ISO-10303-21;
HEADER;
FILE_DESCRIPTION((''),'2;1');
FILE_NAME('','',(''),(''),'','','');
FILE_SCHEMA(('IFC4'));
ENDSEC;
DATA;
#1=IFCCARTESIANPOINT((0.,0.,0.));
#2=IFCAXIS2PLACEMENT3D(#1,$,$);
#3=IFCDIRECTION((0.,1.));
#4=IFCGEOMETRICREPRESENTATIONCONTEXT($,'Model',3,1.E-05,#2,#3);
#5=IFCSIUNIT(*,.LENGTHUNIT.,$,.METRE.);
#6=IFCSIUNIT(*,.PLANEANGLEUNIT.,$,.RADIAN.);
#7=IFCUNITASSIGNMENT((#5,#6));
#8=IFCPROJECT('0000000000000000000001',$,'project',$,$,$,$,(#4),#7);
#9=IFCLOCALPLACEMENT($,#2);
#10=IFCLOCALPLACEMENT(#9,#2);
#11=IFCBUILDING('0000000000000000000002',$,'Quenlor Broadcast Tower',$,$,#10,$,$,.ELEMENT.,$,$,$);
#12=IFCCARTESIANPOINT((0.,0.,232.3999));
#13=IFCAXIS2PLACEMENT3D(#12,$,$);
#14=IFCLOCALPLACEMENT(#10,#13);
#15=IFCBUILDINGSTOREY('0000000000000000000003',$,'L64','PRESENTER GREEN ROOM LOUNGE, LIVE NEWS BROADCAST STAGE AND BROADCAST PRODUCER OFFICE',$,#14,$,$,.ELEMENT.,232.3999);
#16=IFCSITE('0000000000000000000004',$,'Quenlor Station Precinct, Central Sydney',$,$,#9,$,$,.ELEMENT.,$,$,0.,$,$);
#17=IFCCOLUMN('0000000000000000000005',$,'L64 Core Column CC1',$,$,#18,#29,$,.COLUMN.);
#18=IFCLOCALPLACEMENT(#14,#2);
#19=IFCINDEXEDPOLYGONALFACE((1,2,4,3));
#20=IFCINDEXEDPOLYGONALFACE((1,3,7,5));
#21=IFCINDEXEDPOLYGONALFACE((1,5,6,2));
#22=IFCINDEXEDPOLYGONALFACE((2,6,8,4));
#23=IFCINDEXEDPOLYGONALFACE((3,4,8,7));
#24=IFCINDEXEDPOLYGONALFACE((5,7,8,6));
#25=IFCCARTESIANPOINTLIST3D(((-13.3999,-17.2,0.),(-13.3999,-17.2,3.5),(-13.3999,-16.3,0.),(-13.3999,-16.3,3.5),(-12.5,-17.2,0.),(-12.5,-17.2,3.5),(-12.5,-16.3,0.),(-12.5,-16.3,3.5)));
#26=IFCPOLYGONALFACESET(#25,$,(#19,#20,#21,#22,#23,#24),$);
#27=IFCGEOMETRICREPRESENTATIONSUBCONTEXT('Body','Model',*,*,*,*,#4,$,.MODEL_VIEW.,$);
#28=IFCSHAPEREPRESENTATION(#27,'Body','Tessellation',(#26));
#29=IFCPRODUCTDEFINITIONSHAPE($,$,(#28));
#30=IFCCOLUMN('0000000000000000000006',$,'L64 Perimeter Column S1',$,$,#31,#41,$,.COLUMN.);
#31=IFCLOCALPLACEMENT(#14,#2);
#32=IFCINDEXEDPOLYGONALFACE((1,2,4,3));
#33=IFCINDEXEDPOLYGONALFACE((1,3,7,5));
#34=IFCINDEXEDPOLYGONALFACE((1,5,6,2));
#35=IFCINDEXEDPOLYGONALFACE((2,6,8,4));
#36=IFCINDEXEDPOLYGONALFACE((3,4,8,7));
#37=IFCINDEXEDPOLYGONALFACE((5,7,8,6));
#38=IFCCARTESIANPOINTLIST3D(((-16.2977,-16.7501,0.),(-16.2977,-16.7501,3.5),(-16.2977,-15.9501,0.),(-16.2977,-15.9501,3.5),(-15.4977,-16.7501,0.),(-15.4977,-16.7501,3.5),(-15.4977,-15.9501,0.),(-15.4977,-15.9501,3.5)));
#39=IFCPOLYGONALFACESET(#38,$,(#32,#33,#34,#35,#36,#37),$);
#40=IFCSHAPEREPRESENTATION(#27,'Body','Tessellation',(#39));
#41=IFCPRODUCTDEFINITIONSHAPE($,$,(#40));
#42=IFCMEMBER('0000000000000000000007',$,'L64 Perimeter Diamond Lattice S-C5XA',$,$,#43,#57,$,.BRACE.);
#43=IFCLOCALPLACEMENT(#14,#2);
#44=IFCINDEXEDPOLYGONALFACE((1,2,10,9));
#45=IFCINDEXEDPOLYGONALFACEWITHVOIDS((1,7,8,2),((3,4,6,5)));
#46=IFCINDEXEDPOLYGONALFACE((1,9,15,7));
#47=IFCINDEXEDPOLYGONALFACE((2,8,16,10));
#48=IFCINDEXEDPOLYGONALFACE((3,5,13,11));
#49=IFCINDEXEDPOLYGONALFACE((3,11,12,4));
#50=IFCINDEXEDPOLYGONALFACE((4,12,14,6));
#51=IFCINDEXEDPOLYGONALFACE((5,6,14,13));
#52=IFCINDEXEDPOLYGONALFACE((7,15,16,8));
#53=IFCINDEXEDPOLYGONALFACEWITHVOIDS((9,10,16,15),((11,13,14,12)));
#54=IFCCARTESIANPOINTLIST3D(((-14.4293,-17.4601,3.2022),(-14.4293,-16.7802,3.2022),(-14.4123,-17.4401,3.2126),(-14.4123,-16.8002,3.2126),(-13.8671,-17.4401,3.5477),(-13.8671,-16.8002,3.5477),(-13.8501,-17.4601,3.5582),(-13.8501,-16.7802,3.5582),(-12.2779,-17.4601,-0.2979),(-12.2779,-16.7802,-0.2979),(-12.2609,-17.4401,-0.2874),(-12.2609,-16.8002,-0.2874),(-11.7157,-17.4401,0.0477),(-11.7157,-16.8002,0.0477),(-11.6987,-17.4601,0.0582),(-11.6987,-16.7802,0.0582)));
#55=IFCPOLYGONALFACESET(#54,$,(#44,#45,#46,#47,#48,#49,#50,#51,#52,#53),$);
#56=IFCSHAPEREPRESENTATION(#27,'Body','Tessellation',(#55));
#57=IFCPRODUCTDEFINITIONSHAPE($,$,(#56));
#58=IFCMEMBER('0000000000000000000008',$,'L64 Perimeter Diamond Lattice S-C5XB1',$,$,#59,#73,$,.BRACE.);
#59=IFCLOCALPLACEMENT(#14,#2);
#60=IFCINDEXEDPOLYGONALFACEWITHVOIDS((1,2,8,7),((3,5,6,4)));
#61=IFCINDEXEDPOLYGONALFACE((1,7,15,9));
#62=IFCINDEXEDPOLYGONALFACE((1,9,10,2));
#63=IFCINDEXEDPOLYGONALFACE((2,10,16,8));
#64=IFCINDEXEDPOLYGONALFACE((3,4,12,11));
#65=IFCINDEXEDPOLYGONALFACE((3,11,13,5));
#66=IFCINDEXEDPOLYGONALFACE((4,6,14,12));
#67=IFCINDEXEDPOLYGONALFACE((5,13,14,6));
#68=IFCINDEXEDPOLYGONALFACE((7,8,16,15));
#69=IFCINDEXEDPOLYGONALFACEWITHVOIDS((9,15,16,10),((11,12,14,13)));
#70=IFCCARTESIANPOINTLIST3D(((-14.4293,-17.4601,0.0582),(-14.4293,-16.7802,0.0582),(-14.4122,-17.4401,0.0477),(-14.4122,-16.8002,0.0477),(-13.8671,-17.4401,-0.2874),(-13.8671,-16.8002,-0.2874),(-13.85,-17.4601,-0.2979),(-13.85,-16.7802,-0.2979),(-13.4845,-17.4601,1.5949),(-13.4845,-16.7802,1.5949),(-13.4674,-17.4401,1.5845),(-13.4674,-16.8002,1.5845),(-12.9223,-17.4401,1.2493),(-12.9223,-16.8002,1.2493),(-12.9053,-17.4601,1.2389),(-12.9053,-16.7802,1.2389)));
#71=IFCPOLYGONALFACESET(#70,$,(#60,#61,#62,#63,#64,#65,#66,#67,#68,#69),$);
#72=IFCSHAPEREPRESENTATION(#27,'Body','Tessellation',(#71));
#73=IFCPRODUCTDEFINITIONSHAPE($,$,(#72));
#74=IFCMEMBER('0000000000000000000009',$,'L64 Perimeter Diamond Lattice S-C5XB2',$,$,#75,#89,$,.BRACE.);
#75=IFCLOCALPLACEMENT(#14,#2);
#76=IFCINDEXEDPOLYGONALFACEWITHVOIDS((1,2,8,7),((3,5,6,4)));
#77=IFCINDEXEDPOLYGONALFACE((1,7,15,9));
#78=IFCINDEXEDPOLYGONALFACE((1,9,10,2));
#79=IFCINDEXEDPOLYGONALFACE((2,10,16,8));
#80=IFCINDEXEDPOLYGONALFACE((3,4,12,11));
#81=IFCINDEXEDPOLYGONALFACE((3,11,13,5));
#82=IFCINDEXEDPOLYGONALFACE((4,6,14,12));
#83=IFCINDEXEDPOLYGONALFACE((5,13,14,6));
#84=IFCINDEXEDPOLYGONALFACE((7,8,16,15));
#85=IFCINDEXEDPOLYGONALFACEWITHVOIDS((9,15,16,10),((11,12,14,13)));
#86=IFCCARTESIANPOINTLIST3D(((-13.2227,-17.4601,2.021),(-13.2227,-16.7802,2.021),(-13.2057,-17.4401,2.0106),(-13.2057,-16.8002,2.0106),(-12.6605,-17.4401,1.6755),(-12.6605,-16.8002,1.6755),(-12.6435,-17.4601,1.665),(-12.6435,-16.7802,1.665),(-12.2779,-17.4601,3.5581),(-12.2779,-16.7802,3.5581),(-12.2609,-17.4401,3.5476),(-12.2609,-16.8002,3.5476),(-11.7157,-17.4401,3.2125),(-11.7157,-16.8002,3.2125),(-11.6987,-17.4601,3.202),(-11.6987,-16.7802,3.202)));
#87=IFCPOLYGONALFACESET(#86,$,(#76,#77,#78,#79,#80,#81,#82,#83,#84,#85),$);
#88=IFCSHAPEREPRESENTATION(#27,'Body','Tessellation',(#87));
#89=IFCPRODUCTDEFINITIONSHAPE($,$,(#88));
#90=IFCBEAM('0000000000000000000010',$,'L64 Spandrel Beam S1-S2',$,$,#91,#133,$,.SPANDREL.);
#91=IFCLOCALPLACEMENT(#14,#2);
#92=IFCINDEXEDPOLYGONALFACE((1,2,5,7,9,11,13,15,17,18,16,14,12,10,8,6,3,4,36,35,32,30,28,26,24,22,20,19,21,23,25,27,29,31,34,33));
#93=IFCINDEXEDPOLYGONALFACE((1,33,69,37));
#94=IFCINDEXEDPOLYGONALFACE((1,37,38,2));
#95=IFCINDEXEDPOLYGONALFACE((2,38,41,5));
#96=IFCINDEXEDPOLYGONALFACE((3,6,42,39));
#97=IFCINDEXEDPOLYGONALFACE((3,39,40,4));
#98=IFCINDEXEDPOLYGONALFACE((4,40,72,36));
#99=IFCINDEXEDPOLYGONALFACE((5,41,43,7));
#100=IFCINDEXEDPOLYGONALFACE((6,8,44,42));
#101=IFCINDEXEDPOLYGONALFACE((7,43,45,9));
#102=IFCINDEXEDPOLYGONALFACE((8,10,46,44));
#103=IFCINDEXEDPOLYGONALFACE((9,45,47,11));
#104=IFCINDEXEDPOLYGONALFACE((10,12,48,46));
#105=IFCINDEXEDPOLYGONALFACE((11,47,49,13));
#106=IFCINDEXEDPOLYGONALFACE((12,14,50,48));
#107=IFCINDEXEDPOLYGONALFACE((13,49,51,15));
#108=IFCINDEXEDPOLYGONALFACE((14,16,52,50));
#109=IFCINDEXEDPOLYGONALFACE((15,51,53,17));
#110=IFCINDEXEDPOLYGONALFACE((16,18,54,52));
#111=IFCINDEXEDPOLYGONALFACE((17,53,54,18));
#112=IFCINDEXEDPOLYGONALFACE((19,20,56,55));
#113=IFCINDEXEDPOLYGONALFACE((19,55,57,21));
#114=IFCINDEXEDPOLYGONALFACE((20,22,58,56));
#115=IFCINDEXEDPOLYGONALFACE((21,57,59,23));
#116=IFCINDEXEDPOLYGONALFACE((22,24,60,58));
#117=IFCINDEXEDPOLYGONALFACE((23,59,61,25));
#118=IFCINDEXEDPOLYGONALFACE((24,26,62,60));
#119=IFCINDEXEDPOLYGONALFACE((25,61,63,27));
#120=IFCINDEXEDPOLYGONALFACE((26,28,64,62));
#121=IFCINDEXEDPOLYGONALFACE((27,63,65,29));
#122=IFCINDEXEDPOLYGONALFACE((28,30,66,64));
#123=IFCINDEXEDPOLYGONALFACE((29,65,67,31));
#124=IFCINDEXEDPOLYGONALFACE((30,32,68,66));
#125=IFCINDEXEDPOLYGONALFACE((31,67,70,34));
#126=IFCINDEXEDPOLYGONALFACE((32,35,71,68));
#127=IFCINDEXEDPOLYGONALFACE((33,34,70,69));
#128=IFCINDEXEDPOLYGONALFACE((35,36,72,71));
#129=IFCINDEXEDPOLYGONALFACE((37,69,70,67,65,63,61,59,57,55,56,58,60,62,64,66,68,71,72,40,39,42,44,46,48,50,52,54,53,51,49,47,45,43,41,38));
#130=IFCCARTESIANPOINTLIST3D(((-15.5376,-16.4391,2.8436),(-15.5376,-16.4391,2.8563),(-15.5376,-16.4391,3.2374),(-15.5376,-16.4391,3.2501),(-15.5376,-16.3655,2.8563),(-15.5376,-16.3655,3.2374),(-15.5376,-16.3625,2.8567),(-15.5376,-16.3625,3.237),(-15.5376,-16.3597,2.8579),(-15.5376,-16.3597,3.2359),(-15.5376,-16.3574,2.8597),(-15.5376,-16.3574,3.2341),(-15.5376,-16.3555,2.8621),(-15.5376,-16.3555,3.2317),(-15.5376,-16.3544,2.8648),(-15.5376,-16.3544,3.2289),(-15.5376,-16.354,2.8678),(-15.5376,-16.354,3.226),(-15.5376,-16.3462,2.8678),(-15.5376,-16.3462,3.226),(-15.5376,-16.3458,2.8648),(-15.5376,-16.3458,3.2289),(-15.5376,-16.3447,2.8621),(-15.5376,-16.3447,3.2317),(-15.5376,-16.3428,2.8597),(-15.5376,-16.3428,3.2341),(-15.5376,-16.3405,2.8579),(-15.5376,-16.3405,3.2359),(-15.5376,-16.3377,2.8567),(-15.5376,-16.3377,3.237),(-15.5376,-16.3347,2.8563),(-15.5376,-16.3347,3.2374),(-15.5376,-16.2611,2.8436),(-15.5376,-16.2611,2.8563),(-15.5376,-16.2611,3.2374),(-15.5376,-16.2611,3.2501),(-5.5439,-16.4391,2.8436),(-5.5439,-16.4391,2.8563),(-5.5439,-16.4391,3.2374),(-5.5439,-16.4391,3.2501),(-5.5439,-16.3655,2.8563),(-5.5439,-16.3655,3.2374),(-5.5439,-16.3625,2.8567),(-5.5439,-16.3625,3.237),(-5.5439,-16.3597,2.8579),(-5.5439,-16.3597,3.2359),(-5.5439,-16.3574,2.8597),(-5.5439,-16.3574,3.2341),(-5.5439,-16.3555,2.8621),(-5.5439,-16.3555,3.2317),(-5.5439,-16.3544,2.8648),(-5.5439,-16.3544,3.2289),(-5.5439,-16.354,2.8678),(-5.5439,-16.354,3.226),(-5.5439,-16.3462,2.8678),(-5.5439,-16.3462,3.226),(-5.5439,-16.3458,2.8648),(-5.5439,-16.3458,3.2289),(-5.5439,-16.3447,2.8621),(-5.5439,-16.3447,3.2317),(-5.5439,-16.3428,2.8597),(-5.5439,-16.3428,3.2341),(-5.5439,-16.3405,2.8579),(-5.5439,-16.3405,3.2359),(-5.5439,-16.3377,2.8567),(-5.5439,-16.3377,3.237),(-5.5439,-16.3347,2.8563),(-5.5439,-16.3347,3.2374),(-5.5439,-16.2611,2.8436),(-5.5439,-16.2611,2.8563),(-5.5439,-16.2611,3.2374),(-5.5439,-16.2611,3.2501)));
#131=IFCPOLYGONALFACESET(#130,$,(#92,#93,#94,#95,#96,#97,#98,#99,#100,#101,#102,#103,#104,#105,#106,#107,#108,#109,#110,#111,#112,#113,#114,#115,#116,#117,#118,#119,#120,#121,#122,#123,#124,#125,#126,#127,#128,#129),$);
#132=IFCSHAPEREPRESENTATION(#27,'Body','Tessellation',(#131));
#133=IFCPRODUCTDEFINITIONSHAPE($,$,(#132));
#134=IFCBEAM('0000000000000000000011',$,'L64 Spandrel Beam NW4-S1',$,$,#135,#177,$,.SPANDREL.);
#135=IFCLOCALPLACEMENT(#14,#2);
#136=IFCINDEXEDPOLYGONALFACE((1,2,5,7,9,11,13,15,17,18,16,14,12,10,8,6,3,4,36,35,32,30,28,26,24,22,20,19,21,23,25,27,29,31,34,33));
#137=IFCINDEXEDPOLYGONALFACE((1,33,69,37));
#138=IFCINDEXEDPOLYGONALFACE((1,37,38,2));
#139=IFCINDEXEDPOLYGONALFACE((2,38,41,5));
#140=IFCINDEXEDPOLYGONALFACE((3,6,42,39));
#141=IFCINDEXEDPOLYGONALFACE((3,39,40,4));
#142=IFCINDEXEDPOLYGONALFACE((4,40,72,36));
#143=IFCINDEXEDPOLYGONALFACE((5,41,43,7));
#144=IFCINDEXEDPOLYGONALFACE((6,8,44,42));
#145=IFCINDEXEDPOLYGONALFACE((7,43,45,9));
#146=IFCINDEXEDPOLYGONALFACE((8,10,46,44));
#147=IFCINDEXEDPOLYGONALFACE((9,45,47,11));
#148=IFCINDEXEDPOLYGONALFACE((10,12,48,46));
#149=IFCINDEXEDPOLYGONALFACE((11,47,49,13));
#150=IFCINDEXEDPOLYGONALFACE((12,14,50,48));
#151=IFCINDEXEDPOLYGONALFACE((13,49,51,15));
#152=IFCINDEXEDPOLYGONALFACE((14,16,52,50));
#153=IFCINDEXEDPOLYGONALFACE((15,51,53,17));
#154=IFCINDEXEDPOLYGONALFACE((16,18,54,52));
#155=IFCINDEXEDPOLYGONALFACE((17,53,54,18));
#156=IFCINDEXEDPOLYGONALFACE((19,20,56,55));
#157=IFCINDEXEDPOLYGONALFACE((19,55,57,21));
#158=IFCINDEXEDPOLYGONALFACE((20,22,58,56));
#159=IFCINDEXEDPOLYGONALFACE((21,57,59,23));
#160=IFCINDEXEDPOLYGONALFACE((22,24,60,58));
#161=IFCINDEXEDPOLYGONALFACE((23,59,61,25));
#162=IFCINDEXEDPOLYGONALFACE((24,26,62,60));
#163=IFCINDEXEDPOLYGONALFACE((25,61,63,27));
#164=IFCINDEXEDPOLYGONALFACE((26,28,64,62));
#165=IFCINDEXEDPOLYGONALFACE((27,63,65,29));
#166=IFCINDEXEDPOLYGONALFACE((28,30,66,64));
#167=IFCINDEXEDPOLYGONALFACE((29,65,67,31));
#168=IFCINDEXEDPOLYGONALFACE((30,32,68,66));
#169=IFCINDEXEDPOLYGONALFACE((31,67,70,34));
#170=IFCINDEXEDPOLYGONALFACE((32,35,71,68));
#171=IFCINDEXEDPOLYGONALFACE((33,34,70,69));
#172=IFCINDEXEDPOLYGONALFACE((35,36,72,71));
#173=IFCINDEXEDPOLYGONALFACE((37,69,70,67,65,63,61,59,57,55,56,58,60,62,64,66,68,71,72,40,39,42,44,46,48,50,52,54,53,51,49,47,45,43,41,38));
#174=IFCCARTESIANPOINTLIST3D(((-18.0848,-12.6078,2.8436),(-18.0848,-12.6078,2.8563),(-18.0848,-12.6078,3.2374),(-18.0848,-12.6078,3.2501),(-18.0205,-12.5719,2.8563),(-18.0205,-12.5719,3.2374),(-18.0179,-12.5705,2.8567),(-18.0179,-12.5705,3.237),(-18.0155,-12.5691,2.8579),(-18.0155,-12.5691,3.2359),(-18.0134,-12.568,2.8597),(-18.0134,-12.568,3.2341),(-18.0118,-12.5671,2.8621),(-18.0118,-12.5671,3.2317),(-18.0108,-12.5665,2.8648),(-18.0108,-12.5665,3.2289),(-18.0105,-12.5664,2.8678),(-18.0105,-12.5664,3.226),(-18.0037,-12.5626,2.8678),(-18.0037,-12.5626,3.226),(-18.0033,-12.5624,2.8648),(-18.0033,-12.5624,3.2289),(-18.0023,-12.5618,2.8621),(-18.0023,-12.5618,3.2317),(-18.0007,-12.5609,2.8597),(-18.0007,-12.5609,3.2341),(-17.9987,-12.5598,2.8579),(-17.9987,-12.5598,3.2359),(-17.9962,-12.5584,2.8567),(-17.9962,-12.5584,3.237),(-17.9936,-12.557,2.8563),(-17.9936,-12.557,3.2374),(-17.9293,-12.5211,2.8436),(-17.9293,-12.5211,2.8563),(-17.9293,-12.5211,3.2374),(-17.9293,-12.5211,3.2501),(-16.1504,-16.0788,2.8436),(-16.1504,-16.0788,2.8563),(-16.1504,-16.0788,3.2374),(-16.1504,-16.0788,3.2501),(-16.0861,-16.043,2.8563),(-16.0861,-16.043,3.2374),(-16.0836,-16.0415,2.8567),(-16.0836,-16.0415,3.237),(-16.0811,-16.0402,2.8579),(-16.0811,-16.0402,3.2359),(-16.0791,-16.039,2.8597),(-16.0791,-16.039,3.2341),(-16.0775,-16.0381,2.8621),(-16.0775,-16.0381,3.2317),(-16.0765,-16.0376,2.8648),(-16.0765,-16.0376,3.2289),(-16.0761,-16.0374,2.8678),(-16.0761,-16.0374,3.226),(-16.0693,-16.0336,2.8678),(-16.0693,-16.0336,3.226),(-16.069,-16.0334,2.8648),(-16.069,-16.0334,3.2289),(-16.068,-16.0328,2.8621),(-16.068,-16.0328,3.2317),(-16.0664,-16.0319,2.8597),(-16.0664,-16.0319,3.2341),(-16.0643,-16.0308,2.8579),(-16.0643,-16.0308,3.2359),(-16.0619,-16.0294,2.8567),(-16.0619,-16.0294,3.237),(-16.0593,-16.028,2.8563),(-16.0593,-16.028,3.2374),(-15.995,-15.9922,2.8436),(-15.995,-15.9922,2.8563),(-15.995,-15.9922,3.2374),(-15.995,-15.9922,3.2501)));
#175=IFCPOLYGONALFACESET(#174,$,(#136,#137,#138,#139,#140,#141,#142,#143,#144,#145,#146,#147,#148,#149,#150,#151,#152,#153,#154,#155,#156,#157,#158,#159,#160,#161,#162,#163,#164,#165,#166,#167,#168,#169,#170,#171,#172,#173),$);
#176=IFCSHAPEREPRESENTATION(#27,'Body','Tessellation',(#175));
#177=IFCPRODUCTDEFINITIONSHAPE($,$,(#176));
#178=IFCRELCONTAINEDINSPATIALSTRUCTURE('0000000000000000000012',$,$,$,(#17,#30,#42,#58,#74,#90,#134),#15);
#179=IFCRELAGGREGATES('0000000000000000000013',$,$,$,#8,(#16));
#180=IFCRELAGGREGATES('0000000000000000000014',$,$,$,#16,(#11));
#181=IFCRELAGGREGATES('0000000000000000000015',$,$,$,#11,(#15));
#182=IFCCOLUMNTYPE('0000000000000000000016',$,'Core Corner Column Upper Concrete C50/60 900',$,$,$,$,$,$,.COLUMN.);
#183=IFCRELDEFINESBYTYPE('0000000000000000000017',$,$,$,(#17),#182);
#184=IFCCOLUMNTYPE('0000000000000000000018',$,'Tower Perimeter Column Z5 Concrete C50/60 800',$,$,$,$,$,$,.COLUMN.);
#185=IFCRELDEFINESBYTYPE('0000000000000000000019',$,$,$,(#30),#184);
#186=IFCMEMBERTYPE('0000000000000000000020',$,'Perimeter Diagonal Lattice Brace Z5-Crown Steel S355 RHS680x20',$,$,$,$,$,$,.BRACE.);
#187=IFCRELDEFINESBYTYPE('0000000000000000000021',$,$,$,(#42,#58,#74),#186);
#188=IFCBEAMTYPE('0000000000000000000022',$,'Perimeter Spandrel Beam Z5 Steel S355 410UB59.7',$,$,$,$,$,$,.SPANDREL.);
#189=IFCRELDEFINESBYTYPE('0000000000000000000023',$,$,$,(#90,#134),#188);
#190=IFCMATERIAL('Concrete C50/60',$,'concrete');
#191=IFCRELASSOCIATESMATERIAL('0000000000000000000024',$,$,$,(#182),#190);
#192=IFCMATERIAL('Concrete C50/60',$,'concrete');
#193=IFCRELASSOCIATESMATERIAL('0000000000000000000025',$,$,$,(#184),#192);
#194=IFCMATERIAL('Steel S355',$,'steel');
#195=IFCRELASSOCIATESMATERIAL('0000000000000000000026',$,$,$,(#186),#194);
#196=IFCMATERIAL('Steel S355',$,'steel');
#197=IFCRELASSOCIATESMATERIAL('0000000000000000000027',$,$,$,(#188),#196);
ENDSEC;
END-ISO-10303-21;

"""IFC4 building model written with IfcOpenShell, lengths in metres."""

from ifc_helpers import new_model, si_unit, direction, frame, origin, origin_2d, place, context, subcontext, project, spatial, rectangle, hollow_rectangle, i_section, extrude, material, material_profile, profile_set, type_object, element, save


model = new_model("IFC4")

# Units and contexts
model_context = context("Model", 3, precision=1e-05, world=origin(), true_north=direction((0.0, 1.0)))
body_context = subcontext(model_context, "Body", "Model", "MODEL_VIEW")
ifc_project = project(units=[si_unit("LENGTHUNIT", "METRE"), si_unit("PLANEANGLEUNIT", "RADIAN")], contexts=[model_context])

# Site, building, storey
site_placement = place(None, origin())
site = spatial("IfcSite", under=ifc_project, at=site_placement, Name="Quenlor Station Precinct, Central Sydney", CompositionType="ELEMENT", RefElevation=0.0)
building_placement = place(site_placement, origin())
building = spatial("IfcBuilding", under=site, at=building_placement, Name="Quenlor Broadcast Tower", CompositionType="ELEMENT")
storey_placement = place(building_placement, frame((0.0, 0.0, 232.3999)))
storey = spatial("IfcBuildingStorey", under=building, at=storey_placement, Name="L64", Description="PRESENTER GREEN ROOM LOUNGE, LIVE NEWS BROADCAST STAGE AND BROADCAST PRODUCER OFFICE", CompositionType="ELEMENT", Elevation=232.3999)

# Columns
ifc_material_1 = material(Name="Concrete C50/60", Category="concrete")
ifc_material_profile_1 = material_profile(ifc_material_1, rectangle(XDim=0.8999, YDim=0.8999, at=origin_2d()))
ifc_profile_set_1 = profile_set([ifc_material_profile_1], Name="Concrete C50/60 RC900x900")
column_type_1 = type_object("IfcColumnType", Name="Core Corner Column Upper Concrete C50/60 900", PredefinedType="COLUMN", material=ifc_profile_set_1)
column_1_placement = place(storey_placement, frame((-12.95, -16.75, 0.0), z_axis=(0.0, 0.0, 1.0), x_axis=(1.0, 0.0, 0.0)))
element("IfcColumn", 1, at=column_1_placement, inside=storey, type_object=column_type_1, Name="L64 Core Column CC1", PredefinedType="COLUMN", context=body_context, shape_type="SweptSolid", body=[
    extrude(rectangle(XDim=0.8999, YDim=0.8999, at=origin_2d()), origin(), (0.0, 0.0, 1.0), 3.5),
])
ifc_material_2 = material(Name="Concrete C50/60", Category="concrete")
ifc_material_profile_2 = material_profile(ifc_material_2, rectangle(XDim=0.8, YDim=0.8, at=origin_2d()))
ifc_profile_set_2 = profile_set([ifc_material_profile_2], Name="Concrete C50/60 RC800x800")
column_type_2 = type_object("IfcColumnType", Name="Tower Perimeter Column Z5 Concrete C50/60 800", PredefinedType="COLUMN", material=ifc_profile_set_2)
column_2_placement = place(storey_placement, frame((-15.8977, -16.3501, 0.0), z_axis=(0.0, 0.0, 1.0), x_axis=(0.0, 1.0, 0.0)))
element("IfcColumn", 2, at=column_2_placement, inside=storey, type_object=column_type_2, Name="L64 Perimeter Column S1", PredefinedType="COLUMN", context=body_context, shape_type="SweptSolid", body=[
    extrude(rectangle(XDim=0.8, YDim=0.8, at=origin_2d()), origin(), (0.0, 0.0, 1.0), 3.5),
])

# Members
ifc_material_3 = material(Name="Steel S355", Category="steel")
ifc_material_profile_3 = material_profile(ifc_material_3, hollow_rectangle(XDim=0.6799, YDim=0.6799, WallThickness=0.02, at=origin_2d()))
ifc_profile_set_3 = profile_set([ifc_material_profile_3], Name="Steel S355 RHS680x680x20")
member_type = type_object("IfcMemberType", Name="Perimeter Diagonal Lattice Brace Z5-Crown Steel S355 RHS680x20", PredefinedType="BRACE", material=ifc_profile_set_3)
member_1_placement = place(storey_placement, frame((-11.9883, -17.1201, -0.1199), z_axis=(-0.52366, 0.0, 0.851928), x_axis=(0.0, -1.0, 0.0)))
element("IfcMember", 3, at=member_1_placement, inside=storey, type_object=member_type, Name="L64 Perimeter Diamond Lattice S-C5XA", PredefinedType="BRACE", context=body_context, shape_type="SweptSolid", body=[
    extrude(hollow_rectangle(XDim=0.6799, YDim=0.6799, WallThickness=0.02, at=origin_2d()), origin(), (0.0, 0.0, 1.0), 4.1084),
])
member_2_placement = place(storey_placement, frame((-14.1396, -17.1201, -0.1199), z_axis=(0.52372, 0.0, 0.851891), x_axis=(0.0, 1.0, 0.0)))
element("IfcMember", 4, at=member_2_placement, inside=storey, type_object=member_type, Name="L64 Perimeter Diamond Lattice S-C5XB1", PredefinedType="BRACE", context=body_context, shape_type="SweptSolid", body=[
    extrude(hollow_rectangle(XDim=0.6799, YDim=0.6799, WallThickness=0.02, at=origin_2d()), origin(), (0.0, 0.0, 1.0), 1.804),
])
member_3_placement = place(storey_placement, frame((-12.9331, -17.1201, 1.843), z_axis=(0.523659, 0.0, 0.851928), x_axis=(0.0, 1.0, 0.0)))
element("IfcMember", 5, at=member_3_placement, inside=storey, type_object=member_type, Name="L64 Perimeter Diamond Lattice S-C5XB2", PredefinedType="BRACE", context=body_context, shape_type="SweptSolid", body=[
    extrude(hollow_rectangle(XDim=0.6799, YDim=0.6799, WallThickness=0.02, at=origin_2d()), origin(), (0.0, 0.0, 1.0), 1.8042),
])

# Beams
ifc_material_4 = material(Name="Steel S355", Category="steel")
ifc_material_profile_4 = material_profile(ifc_material_4, i_section(OverallWidth=0.178, OverallDepth=0.4065, WebThickness=0.0078, FlangeThickness=0.0127, FilletRadius=0.0115, at=origin_2d()))
ifc_profile_set_4 = profile_set([ifc_material_profile_4], Name="Steel S355 410UB59.7")
beam_type_1 = type_object("IfcBeamType", Name="Perimeter Spandrel Beam Z5 Steel S355 410UB59.7", PredefinedType="SPANDREL", material=ifc_profile_set_4)
beam_1_placement = place(storey_placement, frame((-15.5376, -16.3501, 3.0469), z_axis=(1.0, 0.0, 0.0), x_axis=(0.0, 1.0, 0.0)))
element("IfcBeam", 6, at=beam_1_placement, inside=storey, type_object=beam_type_1, Name="L64 Spandrel Beam S1-S2", PredefinedType="SPANDREL", context=body_context, shape_type="SweptSolid", body=[
    extrude(i_section(OverallWidth=0.178, OverallDepth=0.4065, WebThickness=0.0078, FlangeThickness=0.0127, FilletRadius=0.0115, at=origin_2d()), origin(), (0.0, 0.0, 1.0), 9.9937),
])
beam_2_placement = place(storey_placement, frame((-18.0071, -12.5645, 3.0469), z_axis=(0.486801, -0.873513, 0.0), x_axis=(0.873513, 0.486801, 0.0)))
element("IfcBeam", 7, at=beam_2_placement, inside=storey, type_object=beam_type_1, Name="L64 Spandrel Beam NW4-S1", PredefinedType="SPANDREL", context=body_context, shape_type="SweptSolid", body=[
    extrude(i_section(OverallWidth=0.178, OverallDepth=0.4065, WebThickness=0.0078, FlangeThickness=0.0127, FilletRadius=0.0115, at=origin_2d()), origin(), (0.0, 0.0, 1.0), 3.9736),
])

save(model, "model.ifc")
